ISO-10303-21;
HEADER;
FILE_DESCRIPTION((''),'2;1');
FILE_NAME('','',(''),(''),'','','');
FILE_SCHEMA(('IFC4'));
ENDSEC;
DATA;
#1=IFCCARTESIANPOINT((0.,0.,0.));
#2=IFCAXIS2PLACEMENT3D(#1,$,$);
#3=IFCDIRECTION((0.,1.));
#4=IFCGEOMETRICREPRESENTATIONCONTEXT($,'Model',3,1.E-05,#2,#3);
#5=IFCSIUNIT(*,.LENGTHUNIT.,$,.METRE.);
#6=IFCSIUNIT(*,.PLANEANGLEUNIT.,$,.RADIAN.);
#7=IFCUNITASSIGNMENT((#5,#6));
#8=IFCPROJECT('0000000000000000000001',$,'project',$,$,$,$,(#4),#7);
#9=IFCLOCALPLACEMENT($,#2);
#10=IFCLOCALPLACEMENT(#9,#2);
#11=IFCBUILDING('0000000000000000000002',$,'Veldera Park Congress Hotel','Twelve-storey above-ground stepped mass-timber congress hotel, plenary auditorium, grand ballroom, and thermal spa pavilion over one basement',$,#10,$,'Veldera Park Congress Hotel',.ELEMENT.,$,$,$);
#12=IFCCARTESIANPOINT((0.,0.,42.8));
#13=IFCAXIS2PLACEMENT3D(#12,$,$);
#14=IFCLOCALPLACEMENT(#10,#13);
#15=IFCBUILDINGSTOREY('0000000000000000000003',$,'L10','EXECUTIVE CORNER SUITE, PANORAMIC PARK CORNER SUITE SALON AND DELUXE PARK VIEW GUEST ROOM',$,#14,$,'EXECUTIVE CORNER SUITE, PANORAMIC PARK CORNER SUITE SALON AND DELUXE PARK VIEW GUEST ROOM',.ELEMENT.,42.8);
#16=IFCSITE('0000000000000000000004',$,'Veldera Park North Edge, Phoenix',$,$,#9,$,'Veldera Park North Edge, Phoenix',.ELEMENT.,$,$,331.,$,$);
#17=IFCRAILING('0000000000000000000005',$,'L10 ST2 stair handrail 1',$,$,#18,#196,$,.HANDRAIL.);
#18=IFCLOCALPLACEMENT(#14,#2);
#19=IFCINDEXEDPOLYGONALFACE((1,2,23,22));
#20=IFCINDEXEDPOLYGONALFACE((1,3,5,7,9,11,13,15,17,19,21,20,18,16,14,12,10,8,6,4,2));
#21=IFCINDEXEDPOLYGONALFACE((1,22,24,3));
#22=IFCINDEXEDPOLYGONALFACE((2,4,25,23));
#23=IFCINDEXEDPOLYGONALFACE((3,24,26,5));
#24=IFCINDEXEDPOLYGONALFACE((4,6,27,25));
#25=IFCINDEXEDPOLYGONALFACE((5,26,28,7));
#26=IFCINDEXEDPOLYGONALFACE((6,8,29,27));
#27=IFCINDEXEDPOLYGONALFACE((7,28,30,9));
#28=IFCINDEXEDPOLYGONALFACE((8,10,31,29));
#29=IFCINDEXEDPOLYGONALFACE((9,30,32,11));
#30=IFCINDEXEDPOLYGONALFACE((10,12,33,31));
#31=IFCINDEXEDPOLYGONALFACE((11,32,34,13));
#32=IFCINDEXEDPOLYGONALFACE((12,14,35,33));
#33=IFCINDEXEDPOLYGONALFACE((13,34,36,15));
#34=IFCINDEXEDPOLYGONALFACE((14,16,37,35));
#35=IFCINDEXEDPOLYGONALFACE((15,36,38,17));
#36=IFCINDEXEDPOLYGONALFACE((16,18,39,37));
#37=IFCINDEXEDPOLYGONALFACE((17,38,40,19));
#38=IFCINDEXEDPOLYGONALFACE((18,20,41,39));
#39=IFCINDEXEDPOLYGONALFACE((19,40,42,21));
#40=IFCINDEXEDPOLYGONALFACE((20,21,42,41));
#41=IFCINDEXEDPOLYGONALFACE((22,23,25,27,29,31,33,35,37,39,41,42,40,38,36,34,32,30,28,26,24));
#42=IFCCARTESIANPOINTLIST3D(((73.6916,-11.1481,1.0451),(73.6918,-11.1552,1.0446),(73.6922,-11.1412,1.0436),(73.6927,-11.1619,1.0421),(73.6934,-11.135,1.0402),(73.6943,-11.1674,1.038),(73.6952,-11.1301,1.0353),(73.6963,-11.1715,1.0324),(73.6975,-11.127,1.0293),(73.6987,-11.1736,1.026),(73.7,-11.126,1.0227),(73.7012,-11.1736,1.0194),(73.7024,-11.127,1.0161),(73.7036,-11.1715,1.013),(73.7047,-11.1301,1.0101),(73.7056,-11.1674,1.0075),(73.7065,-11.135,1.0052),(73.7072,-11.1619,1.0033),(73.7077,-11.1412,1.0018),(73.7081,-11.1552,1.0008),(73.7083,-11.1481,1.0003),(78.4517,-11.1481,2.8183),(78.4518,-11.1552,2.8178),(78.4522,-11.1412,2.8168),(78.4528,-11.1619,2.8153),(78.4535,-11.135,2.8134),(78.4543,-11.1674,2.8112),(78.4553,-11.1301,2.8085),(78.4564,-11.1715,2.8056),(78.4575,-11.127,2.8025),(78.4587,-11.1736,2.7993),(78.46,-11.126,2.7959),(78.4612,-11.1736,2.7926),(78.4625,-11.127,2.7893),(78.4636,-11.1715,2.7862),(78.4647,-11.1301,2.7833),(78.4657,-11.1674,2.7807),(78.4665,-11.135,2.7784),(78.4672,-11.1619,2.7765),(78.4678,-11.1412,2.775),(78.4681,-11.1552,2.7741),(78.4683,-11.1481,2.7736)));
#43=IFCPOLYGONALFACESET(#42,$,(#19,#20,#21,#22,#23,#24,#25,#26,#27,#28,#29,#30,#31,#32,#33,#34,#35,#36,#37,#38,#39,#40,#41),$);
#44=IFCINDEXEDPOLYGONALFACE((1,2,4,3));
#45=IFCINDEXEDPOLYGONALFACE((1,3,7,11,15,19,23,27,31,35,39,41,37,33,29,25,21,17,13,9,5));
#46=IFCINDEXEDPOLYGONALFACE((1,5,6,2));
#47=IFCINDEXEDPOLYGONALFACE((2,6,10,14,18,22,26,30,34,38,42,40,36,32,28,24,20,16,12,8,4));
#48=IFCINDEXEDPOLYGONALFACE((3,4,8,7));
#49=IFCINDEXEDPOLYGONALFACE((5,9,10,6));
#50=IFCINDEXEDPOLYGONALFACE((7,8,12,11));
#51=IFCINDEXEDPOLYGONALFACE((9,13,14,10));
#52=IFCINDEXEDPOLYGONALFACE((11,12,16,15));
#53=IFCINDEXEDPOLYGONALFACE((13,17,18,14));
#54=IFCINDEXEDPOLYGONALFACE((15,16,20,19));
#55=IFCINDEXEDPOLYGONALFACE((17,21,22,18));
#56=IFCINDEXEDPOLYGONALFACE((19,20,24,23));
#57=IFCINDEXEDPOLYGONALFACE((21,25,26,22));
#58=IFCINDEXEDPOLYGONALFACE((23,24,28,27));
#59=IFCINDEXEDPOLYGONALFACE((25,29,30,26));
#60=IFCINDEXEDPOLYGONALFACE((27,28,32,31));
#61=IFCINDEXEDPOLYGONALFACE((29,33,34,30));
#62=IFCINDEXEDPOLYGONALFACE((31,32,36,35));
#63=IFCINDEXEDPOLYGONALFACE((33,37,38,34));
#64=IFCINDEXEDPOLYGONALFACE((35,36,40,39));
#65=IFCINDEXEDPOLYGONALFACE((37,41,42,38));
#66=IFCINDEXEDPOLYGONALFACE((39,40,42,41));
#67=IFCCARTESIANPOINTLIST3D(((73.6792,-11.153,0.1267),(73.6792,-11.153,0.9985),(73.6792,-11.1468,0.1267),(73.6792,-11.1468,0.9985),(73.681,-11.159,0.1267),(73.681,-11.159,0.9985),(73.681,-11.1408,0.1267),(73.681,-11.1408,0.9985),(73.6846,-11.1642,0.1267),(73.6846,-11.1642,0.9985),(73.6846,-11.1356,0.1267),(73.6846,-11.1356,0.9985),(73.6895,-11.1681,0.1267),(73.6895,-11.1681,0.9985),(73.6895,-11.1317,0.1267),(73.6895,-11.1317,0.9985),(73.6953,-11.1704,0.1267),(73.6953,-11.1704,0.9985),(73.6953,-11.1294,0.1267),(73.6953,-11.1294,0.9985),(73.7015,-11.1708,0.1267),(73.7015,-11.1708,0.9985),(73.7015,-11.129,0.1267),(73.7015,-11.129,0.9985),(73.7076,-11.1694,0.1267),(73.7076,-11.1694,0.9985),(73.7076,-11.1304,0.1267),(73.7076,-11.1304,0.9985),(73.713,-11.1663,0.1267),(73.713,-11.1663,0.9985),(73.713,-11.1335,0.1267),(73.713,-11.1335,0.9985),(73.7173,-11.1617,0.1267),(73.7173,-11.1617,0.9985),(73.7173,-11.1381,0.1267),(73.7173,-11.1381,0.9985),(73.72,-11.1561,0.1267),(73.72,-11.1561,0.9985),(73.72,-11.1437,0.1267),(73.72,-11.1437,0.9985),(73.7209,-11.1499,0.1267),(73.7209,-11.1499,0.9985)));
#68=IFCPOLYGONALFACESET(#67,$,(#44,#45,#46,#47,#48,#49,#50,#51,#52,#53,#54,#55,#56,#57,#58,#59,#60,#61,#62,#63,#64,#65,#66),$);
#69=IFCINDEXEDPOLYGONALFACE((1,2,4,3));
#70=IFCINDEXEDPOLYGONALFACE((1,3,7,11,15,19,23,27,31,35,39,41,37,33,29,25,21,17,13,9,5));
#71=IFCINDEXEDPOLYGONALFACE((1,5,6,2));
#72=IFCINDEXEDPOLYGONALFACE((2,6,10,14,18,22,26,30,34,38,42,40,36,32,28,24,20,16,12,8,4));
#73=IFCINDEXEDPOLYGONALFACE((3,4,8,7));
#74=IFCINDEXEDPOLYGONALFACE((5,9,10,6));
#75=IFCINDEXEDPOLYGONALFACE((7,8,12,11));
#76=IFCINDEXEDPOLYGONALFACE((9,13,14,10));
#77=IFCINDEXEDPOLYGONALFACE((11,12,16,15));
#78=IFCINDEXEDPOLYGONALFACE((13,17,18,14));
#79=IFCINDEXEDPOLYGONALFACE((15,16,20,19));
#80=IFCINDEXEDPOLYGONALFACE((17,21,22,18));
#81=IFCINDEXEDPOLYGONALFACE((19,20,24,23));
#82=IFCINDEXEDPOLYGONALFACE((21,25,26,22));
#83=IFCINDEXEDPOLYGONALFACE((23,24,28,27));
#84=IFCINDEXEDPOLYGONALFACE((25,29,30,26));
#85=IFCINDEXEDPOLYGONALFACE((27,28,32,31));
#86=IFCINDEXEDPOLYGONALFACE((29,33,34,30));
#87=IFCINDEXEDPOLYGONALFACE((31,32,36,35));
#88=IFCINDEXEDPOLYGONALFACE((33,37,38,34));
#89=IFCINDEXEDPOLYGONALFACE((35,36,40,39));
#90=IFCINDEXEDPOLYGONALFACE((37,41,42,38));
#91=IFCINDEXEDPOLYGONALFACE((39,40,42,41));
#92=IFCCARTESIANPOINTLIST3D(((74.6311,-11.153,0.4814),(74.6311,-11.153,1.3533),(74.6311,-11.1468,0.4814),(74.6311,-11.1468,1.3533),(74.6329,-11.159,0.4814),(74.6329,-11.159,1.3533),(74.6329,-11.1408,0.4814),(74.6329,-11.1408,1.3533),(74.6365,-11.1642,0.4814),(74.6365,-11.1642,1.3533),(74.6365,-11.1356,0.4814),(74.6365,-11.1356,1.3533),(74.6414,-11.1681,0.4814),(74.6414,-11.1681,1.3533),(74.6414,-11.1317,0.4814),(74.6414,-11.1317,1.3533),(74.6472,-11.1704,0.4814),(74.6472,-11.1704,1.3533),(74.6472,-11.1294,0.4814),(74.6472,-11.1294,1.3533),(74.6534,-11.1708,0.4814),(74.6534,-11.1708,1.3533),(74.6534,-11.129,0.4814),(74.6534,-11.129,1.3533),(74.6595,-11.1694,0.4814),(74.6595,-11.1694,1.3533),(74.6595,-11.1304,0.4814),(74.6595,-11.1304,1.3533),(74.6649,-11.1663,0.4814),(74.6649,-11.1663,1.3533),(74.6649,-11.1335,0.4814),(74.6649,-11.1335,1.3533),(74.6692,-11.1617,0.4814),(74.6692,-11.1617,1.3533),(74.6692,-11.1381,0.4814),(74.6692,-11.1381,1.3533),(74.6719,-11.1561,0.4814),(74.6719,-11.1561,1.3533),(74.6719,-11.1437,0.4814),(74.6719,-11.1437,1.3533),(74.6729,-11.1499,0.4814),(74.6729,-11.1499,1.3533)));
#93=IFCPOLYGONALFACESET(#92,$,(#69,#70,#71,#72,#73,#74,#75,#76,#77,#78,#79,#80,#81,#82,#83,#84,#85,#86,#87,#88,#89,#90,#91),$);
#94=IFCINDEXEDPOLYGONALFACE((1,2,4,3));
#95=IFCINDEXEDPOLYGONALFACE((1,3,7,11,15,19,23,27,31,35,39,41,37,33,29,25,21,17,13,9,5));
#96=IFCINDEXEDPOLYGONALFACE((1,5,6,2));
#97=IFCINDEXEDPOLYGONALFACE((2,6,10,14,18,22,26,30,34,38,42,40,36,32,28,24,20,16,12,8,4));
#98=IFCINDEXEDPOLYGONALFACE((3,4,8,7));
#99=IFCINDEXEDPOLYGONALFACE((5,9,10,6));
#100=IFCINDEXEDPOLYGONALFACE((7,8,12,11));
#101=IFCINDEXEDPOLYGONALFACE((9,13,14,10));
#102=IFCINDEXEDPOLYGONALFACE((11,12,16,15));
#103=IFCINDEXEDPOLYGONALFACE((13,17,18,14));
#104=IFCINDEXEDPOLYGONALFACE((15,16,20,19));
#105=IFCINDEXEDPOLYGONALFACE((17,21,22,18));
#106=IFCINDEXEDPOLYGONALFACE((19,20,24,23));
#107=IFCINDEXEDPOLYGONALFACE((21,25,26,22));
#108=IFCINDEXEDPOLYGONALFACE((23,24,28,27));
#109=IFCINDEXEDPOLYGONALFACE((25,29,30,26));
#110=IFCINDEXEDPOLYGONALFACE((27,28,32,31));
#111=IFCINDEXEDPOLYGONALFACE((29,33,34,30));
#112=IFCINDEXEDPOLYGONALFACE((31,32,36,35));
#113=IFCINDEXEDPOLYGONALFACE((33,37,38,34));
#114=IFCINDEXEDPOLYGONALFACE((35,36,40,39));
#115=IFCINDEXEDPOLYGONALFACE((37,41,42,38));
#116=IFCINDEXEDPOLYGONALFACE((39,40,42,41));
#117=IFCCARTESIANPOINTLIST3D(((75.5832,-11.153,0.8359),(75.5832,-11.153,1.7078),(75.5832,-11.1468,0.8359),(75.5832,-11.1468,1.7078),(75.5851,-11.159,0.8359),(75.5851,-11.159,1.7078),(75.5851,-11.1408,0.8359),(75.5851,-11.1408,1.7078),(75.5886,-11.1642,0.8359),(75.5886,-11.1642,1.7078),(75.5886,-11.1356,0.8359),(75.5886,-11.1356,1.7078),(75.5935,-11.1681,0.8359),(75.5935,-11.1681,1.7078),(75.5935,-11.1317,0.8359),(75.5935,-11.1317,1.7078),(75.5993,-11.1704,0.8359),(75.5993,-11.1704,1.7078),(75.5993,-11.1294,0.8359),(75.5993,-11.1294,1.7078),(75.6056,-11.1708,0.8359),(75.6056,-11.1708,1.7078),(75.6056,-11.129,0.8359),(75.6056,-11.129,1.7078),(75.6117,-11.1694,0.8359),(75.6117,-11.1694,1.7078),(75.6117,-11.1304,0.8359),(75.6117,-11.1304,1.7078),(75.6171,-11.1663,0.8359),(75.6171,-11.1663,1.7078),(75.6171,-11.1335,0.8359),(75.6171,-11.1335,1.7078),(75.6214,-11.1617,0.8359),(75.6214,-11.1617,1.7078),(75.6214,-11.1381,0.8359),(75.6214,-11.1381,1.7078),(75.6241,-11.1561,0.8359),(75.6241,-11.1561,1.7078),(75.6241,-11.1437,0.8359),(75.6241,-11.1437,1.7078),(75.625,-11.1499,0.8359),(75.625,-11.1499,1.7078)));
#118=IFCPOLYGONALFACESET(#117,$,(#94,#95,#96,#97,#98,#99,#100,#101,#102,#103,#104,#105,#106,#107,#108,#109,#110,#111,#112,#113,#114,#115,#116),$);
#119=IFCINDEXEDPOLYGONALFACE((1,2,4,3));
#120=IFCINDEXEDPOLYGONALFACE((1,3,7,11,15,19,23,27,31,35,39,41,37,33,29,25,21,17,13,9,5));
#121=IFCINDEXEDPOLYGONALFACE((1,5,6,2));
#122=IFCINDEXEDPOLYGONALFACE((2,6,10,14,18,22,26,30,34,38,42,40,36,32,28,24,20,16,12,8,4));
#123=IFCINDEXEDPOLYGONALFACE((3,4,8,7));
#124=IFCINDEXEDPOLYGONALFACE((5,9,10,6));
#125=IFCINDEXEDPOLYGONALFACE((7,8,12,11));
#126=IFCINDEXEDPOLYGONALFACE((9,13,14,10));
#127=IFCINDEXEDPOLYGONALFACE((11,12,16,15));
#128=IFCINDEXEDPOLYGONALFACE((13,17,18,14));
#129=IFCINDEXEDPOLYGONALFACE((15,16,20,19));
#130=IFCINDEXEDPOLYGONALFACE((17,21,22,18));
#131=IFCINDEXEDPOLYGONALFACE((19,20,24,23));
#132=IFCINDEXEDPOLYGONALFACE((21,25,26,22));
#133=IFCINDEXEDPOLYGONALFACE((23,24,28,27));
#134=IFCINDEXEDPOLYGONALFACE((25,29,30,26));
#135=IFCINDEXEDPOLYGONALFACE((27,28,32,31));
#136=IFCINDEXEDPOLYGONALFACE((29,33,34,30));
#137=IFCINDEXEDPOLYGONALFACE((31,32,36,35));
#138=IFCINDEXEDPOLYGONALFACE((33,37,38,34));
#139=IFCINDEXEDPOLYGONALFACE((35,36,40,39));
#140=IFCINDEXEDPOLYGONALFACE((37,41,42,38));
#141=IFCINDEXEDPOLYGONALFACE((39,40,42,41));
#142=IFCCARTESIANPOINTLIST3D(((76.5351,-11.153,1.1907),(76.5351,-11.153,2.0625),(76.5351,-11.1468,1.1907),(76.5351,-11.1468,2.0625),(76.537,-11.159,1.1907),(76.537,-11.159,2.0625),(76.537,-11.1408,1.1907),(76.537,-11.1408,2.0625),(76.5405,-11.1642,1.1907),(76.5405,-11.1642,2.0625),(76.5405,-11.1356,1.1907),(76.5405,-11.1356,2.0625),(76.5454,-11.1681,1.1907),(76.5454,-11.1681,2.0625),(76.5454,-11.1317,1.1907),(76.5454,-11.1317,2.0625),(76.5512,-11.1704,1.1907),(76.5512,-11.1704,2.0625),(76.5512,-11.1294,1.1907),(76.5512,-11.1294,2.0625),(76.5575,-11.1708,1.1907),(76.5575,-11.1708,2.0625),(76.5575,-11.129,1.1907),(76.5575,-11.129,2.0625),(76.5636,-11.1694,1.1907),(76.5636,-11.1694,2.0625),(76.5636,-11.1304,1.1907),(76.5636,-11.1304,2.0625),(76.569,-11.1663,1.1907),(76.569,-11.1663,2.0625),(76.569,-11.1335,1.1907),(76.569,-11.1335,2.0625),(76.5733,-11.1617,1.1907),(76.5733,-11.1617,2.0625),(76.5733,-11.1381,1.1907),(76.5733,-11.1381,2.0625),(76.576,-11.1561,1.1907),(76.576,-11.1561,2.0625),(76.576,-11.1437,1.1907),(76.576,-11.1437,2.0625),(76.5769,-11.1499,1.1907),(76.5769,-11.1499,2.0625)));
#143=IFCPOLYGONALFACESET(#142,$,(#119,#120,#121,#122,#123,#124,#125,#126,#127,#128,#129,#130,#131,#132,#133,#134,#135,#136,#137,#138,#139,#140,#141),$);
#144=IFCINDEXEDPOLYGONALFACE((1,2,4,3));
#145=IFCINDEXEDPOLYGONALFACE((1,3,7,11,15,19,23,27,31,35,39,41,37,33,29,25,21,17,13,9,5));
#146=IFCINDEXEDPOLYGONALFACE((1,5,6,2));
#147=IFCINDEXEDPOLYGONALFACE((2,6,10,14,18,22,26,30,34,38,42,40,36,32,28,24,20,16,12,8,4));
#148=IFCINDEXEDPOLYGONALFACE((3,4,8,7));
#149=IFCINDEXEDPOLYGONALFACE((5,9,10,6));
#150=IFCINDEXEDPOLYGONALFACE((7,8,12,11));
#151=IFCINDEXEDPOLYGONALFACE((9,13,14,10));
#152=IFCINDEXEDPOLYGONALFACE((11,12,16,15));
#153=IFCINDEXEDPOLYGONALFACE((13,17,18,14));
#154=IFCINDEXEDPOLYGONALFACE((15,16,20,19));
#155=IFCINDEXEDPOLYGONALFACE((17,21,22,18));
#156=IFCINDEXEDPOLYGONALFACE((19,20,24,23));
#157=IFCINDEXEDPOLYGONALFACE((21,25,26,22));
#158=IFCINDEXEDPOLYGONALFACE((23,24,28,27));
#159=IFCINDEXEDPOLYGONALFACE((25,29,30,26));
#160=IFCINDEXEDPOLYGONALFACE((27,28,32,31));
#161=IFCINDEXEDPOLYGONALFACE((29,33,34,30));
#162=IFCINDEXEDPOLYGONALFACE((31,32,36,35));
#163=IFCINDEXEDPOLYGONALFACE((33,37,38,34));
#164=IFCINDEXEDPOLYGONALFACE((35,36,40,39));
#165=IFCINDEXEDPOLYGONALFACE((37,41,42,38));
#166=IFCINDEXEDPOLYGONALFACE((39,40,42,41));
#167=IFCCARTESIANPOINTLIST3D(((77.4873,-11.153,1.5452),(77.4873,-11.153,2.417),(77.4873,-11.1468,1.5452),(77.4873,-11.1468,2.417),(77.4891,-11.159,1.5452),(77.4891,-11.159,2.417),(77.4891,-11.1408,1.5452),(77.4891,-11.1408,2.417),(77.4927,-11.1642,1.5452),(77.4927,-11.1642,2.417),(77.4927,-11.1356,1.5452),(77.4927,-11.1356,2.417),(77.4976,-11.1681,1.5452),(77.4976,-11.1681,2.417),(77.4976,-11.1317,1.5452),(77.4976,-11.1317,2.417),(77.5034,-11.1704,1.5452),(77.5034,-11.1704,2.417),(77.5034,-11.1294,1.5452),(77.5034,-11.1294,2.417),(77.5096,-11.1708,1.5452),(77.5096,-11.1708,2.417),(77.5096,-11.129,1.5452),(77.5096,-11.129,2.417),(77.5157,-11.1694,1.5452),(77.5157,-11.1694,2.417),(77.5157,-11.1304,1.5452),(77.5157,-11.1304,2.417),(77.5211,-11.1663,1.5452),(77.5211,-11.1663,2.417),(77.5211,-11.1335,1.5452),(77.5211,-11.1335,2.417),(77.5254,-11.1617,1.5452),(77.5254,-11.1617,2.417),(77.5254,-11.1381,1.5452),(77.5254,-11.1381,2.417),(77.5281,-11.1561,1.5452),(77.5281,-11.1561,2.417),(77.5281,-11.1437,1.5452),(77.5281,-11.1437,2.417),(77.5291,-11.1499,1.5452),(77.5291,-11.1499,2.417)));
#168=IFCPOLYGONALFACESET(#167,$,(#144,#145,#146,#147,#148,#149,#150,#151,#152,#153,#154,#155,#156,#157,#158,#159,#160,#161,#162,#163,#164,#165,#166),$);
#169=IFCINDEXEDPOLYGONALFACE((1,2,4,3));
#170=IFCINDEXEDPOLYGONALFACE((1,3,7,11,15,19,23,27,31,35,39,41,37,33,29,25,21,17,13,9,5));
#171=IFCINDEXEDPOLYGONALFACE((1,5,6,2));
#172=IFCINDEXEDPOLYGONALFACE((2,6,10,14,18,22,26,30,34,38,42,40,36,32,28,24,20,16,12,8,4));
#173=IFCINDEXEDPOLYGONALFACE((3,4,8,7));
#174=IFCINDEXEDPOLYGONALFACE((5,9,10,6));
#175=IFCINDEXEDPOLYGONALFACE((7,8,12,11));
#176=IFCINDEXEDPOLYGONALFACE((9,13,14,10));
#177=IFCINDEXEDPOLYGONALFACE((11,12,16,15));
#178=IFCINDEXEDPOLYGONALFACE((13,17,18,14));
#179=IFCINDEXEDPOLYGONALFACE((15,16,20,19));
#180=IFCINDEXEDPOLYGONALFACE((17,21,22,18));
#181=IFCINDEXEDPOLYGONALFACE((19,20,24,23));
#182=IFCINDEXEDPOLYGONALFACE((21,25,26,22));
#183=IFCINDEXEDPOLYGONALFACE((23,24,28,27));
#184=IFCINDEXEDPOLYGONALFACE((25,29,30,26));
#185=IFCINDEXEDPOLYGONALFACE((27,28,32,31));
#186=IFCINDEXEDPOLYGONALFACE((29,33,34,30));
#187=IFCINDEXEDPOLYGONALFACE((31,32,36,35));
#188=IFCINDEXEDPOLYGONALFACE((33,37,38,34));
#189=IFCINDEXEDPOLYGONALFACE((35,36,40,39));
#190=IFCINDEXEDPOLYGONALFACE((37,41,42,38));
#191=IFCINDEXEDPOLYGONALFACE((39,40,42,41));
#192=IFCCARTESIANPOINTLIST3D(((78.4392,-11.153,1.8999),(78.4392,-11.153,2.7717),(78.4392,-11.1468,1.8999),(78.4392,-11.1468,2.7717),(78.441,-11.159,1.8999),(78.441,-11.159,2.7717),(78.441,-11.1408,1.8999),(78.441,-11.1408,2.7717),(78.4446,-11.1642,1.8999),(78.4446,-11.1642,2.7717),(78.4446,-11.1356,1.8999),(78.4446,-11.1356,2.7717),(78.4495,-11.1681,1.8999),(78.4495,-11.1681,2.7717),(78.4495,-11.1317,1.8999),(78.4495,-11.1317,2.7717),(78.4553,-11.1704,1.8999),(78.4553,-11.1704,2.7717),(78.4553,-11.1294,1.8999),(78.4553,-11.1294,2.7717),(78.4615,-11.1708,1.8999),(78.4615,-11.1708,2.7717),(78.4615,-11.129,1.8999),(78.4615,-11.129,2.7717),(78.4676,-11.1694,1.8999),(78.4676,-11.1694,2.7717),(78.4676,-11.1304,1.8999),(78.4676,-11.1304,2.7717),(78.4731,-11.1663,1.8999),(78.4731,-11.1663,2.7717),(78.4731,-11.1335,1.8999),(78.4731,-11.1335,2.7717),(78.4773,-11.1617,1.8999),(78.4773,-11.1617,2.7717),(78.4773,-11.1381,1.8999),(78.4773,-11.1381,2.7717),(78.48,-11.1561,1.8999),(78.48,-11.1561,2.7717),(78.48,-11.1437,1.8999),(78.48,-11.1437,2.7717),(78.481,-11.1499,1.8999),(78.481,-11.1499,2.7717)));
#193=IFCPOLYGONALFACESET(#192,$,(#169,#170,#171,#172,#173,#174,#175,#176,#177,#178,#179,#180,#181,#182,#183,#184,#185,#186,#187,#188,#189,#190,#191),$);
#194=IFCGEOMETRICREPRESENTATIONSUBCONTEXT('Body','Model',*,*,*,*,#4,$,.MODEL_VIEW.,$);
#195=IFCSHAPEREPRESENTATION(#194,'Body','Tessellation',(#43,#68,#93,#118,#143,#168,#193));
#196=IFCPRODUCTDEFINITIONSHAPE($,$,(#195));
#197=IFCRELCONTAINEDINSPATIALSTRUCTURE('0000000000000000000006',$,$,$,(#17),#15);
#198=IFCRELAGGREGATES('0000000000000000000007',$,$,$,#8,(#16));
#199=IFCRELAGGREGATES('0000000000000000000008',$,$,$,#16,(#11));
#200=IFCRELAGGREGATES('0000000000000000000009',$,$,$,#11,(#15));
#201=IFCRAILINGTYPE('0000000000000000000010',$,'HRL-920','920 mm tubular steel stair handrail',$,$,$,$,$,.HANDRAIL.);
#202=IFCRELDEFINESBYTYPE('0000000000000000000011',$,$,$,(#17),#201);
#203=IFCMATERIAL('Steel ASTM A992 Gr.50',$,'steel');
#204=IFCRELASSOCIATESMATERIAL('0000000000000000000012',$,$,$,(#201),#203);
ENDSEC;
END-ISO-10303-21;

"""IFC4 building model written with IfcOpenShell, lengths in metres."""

from ifc_helpers import new_model, si_unit, direction, frame, origin, origin_2d, place, context, subcontext, project, spatial, circle, extrude, material, type_object, element, save


model = new_model("IFC4")

# Units and contexts
model_context = context("Model", 3, precision=1e-05, world=origin(), true_north=direction((0.0, 1.0)))
body_context = subcontext(model_context, "Body", "Model", "MODEL_VIEW")
ifc_project = project(units=[si_unit("LENGTHUNIT", "METRE"), si_unit("PLANEANGLEUNIT", "RADIAN")], contexts=[model_context])

# Site, building, storey
site_placement = place(None, origin())
site = spatial("IfcSite", under=ifc_project, at=site_placement, Name="Veldera Park North Edge, Phoenix", LongName="Veldera Park North Edge, Phoenix", CompositionType="ELEMENT", RefElevation=331.0)
building_placement = place(site_placement, origin())
building = spatial("IfcBuilding", under=site, at=building_placement, Name="Veldera Park Congress Hotel", Description="Twelve-storey above-ground stepped mass-timber congress hotel, plenary auditorium, grand ballroom, and thermal spa pavilion over one basement", LongName="Veldera Park Congress Hotel", CompositionType="ELEMENT")
storey_placement = place(building_placement, frame((0.0, 0.0, 42.8)))
storey = spatial("IfcBuildingStorey", under=building, at=storey_placement, Name="L10", Description="EXECUTIVE CORNER SUITE, PANORAMIC PARK CORNER SUITE SALON AND DELUXE PARK VIEW GUEST ROOM", LongName="EXECUTIVE CORNER SUITE, PANORAMIC PARK CORNER SUITE SALON AND DELUXE PARK VIEW GUEST ROOM", CompositionType="ELEMENT", Elevation=42.8)

# Railing
ifc_material_1 = material(Name="Steel ASTM A992 Gr.50", Category="steel")
railing_type = type_object("IfcRailingType", Name="HRL-920", Description="920 mm tubular steel stair handrail", PredefinedType="HANDRAIL", material=ifc_material_1)
railing_placement = place(storey_placement, frame((73.7, -11.1499, 0.1267)))
element("IfcRailing", 1, at=railing_placement, inside=storey, type_object=railing_type, Name="L10 ST2 stair handrail 1", PredefinedType="HANDRAIL", context=body_context, shape_type="SweptSolid", body=[
    extrude(circle(Radius=0.0239, at=origin_2d()), frame((0.0, 0.0, 0.896), z_axis=(0.937091, 0.0, 0.349084), x_axis=(0.0, 1.0, 0.0)), (0.0, 0.0, 1.0), 5.0796),
    extrude(circle(Radius=0.021, at=origin_2d()), origin(), (0.0, 0.0, 1.0), 0.8718),
    extrude(circle(Radius=0.021, at=origin_2d()), frame((0.9519, 0.0, 0.3547)), (0.0, 0.0, 1.0), 0.8718),
    extrude(circle(Radius=0.021, at=origin_2d()), frame((1.9041, 0.0, 0.7092)), (0.0, 0.0, 1.0), 0.8718),
    extrude(circle(Radius=0.021, at=origin_2d()), frame((2.856, 0.0, 1.064)), (0.0, 0.0, 1.0), 0.8718),
    extrude(circle(Radius=0.021, at=origin_2d()), frame((3.8081, 0.0, 1.4185)), (0.0, 0.0, 1.0), 0.8718),
    extrude(circle(Radius=0.021, at=origin_2d()), frame((4.76, 0.0, 1.7732)), (0.0, 0.0, 1.0), 0.8718),
])

save(model, "model.ifc")
